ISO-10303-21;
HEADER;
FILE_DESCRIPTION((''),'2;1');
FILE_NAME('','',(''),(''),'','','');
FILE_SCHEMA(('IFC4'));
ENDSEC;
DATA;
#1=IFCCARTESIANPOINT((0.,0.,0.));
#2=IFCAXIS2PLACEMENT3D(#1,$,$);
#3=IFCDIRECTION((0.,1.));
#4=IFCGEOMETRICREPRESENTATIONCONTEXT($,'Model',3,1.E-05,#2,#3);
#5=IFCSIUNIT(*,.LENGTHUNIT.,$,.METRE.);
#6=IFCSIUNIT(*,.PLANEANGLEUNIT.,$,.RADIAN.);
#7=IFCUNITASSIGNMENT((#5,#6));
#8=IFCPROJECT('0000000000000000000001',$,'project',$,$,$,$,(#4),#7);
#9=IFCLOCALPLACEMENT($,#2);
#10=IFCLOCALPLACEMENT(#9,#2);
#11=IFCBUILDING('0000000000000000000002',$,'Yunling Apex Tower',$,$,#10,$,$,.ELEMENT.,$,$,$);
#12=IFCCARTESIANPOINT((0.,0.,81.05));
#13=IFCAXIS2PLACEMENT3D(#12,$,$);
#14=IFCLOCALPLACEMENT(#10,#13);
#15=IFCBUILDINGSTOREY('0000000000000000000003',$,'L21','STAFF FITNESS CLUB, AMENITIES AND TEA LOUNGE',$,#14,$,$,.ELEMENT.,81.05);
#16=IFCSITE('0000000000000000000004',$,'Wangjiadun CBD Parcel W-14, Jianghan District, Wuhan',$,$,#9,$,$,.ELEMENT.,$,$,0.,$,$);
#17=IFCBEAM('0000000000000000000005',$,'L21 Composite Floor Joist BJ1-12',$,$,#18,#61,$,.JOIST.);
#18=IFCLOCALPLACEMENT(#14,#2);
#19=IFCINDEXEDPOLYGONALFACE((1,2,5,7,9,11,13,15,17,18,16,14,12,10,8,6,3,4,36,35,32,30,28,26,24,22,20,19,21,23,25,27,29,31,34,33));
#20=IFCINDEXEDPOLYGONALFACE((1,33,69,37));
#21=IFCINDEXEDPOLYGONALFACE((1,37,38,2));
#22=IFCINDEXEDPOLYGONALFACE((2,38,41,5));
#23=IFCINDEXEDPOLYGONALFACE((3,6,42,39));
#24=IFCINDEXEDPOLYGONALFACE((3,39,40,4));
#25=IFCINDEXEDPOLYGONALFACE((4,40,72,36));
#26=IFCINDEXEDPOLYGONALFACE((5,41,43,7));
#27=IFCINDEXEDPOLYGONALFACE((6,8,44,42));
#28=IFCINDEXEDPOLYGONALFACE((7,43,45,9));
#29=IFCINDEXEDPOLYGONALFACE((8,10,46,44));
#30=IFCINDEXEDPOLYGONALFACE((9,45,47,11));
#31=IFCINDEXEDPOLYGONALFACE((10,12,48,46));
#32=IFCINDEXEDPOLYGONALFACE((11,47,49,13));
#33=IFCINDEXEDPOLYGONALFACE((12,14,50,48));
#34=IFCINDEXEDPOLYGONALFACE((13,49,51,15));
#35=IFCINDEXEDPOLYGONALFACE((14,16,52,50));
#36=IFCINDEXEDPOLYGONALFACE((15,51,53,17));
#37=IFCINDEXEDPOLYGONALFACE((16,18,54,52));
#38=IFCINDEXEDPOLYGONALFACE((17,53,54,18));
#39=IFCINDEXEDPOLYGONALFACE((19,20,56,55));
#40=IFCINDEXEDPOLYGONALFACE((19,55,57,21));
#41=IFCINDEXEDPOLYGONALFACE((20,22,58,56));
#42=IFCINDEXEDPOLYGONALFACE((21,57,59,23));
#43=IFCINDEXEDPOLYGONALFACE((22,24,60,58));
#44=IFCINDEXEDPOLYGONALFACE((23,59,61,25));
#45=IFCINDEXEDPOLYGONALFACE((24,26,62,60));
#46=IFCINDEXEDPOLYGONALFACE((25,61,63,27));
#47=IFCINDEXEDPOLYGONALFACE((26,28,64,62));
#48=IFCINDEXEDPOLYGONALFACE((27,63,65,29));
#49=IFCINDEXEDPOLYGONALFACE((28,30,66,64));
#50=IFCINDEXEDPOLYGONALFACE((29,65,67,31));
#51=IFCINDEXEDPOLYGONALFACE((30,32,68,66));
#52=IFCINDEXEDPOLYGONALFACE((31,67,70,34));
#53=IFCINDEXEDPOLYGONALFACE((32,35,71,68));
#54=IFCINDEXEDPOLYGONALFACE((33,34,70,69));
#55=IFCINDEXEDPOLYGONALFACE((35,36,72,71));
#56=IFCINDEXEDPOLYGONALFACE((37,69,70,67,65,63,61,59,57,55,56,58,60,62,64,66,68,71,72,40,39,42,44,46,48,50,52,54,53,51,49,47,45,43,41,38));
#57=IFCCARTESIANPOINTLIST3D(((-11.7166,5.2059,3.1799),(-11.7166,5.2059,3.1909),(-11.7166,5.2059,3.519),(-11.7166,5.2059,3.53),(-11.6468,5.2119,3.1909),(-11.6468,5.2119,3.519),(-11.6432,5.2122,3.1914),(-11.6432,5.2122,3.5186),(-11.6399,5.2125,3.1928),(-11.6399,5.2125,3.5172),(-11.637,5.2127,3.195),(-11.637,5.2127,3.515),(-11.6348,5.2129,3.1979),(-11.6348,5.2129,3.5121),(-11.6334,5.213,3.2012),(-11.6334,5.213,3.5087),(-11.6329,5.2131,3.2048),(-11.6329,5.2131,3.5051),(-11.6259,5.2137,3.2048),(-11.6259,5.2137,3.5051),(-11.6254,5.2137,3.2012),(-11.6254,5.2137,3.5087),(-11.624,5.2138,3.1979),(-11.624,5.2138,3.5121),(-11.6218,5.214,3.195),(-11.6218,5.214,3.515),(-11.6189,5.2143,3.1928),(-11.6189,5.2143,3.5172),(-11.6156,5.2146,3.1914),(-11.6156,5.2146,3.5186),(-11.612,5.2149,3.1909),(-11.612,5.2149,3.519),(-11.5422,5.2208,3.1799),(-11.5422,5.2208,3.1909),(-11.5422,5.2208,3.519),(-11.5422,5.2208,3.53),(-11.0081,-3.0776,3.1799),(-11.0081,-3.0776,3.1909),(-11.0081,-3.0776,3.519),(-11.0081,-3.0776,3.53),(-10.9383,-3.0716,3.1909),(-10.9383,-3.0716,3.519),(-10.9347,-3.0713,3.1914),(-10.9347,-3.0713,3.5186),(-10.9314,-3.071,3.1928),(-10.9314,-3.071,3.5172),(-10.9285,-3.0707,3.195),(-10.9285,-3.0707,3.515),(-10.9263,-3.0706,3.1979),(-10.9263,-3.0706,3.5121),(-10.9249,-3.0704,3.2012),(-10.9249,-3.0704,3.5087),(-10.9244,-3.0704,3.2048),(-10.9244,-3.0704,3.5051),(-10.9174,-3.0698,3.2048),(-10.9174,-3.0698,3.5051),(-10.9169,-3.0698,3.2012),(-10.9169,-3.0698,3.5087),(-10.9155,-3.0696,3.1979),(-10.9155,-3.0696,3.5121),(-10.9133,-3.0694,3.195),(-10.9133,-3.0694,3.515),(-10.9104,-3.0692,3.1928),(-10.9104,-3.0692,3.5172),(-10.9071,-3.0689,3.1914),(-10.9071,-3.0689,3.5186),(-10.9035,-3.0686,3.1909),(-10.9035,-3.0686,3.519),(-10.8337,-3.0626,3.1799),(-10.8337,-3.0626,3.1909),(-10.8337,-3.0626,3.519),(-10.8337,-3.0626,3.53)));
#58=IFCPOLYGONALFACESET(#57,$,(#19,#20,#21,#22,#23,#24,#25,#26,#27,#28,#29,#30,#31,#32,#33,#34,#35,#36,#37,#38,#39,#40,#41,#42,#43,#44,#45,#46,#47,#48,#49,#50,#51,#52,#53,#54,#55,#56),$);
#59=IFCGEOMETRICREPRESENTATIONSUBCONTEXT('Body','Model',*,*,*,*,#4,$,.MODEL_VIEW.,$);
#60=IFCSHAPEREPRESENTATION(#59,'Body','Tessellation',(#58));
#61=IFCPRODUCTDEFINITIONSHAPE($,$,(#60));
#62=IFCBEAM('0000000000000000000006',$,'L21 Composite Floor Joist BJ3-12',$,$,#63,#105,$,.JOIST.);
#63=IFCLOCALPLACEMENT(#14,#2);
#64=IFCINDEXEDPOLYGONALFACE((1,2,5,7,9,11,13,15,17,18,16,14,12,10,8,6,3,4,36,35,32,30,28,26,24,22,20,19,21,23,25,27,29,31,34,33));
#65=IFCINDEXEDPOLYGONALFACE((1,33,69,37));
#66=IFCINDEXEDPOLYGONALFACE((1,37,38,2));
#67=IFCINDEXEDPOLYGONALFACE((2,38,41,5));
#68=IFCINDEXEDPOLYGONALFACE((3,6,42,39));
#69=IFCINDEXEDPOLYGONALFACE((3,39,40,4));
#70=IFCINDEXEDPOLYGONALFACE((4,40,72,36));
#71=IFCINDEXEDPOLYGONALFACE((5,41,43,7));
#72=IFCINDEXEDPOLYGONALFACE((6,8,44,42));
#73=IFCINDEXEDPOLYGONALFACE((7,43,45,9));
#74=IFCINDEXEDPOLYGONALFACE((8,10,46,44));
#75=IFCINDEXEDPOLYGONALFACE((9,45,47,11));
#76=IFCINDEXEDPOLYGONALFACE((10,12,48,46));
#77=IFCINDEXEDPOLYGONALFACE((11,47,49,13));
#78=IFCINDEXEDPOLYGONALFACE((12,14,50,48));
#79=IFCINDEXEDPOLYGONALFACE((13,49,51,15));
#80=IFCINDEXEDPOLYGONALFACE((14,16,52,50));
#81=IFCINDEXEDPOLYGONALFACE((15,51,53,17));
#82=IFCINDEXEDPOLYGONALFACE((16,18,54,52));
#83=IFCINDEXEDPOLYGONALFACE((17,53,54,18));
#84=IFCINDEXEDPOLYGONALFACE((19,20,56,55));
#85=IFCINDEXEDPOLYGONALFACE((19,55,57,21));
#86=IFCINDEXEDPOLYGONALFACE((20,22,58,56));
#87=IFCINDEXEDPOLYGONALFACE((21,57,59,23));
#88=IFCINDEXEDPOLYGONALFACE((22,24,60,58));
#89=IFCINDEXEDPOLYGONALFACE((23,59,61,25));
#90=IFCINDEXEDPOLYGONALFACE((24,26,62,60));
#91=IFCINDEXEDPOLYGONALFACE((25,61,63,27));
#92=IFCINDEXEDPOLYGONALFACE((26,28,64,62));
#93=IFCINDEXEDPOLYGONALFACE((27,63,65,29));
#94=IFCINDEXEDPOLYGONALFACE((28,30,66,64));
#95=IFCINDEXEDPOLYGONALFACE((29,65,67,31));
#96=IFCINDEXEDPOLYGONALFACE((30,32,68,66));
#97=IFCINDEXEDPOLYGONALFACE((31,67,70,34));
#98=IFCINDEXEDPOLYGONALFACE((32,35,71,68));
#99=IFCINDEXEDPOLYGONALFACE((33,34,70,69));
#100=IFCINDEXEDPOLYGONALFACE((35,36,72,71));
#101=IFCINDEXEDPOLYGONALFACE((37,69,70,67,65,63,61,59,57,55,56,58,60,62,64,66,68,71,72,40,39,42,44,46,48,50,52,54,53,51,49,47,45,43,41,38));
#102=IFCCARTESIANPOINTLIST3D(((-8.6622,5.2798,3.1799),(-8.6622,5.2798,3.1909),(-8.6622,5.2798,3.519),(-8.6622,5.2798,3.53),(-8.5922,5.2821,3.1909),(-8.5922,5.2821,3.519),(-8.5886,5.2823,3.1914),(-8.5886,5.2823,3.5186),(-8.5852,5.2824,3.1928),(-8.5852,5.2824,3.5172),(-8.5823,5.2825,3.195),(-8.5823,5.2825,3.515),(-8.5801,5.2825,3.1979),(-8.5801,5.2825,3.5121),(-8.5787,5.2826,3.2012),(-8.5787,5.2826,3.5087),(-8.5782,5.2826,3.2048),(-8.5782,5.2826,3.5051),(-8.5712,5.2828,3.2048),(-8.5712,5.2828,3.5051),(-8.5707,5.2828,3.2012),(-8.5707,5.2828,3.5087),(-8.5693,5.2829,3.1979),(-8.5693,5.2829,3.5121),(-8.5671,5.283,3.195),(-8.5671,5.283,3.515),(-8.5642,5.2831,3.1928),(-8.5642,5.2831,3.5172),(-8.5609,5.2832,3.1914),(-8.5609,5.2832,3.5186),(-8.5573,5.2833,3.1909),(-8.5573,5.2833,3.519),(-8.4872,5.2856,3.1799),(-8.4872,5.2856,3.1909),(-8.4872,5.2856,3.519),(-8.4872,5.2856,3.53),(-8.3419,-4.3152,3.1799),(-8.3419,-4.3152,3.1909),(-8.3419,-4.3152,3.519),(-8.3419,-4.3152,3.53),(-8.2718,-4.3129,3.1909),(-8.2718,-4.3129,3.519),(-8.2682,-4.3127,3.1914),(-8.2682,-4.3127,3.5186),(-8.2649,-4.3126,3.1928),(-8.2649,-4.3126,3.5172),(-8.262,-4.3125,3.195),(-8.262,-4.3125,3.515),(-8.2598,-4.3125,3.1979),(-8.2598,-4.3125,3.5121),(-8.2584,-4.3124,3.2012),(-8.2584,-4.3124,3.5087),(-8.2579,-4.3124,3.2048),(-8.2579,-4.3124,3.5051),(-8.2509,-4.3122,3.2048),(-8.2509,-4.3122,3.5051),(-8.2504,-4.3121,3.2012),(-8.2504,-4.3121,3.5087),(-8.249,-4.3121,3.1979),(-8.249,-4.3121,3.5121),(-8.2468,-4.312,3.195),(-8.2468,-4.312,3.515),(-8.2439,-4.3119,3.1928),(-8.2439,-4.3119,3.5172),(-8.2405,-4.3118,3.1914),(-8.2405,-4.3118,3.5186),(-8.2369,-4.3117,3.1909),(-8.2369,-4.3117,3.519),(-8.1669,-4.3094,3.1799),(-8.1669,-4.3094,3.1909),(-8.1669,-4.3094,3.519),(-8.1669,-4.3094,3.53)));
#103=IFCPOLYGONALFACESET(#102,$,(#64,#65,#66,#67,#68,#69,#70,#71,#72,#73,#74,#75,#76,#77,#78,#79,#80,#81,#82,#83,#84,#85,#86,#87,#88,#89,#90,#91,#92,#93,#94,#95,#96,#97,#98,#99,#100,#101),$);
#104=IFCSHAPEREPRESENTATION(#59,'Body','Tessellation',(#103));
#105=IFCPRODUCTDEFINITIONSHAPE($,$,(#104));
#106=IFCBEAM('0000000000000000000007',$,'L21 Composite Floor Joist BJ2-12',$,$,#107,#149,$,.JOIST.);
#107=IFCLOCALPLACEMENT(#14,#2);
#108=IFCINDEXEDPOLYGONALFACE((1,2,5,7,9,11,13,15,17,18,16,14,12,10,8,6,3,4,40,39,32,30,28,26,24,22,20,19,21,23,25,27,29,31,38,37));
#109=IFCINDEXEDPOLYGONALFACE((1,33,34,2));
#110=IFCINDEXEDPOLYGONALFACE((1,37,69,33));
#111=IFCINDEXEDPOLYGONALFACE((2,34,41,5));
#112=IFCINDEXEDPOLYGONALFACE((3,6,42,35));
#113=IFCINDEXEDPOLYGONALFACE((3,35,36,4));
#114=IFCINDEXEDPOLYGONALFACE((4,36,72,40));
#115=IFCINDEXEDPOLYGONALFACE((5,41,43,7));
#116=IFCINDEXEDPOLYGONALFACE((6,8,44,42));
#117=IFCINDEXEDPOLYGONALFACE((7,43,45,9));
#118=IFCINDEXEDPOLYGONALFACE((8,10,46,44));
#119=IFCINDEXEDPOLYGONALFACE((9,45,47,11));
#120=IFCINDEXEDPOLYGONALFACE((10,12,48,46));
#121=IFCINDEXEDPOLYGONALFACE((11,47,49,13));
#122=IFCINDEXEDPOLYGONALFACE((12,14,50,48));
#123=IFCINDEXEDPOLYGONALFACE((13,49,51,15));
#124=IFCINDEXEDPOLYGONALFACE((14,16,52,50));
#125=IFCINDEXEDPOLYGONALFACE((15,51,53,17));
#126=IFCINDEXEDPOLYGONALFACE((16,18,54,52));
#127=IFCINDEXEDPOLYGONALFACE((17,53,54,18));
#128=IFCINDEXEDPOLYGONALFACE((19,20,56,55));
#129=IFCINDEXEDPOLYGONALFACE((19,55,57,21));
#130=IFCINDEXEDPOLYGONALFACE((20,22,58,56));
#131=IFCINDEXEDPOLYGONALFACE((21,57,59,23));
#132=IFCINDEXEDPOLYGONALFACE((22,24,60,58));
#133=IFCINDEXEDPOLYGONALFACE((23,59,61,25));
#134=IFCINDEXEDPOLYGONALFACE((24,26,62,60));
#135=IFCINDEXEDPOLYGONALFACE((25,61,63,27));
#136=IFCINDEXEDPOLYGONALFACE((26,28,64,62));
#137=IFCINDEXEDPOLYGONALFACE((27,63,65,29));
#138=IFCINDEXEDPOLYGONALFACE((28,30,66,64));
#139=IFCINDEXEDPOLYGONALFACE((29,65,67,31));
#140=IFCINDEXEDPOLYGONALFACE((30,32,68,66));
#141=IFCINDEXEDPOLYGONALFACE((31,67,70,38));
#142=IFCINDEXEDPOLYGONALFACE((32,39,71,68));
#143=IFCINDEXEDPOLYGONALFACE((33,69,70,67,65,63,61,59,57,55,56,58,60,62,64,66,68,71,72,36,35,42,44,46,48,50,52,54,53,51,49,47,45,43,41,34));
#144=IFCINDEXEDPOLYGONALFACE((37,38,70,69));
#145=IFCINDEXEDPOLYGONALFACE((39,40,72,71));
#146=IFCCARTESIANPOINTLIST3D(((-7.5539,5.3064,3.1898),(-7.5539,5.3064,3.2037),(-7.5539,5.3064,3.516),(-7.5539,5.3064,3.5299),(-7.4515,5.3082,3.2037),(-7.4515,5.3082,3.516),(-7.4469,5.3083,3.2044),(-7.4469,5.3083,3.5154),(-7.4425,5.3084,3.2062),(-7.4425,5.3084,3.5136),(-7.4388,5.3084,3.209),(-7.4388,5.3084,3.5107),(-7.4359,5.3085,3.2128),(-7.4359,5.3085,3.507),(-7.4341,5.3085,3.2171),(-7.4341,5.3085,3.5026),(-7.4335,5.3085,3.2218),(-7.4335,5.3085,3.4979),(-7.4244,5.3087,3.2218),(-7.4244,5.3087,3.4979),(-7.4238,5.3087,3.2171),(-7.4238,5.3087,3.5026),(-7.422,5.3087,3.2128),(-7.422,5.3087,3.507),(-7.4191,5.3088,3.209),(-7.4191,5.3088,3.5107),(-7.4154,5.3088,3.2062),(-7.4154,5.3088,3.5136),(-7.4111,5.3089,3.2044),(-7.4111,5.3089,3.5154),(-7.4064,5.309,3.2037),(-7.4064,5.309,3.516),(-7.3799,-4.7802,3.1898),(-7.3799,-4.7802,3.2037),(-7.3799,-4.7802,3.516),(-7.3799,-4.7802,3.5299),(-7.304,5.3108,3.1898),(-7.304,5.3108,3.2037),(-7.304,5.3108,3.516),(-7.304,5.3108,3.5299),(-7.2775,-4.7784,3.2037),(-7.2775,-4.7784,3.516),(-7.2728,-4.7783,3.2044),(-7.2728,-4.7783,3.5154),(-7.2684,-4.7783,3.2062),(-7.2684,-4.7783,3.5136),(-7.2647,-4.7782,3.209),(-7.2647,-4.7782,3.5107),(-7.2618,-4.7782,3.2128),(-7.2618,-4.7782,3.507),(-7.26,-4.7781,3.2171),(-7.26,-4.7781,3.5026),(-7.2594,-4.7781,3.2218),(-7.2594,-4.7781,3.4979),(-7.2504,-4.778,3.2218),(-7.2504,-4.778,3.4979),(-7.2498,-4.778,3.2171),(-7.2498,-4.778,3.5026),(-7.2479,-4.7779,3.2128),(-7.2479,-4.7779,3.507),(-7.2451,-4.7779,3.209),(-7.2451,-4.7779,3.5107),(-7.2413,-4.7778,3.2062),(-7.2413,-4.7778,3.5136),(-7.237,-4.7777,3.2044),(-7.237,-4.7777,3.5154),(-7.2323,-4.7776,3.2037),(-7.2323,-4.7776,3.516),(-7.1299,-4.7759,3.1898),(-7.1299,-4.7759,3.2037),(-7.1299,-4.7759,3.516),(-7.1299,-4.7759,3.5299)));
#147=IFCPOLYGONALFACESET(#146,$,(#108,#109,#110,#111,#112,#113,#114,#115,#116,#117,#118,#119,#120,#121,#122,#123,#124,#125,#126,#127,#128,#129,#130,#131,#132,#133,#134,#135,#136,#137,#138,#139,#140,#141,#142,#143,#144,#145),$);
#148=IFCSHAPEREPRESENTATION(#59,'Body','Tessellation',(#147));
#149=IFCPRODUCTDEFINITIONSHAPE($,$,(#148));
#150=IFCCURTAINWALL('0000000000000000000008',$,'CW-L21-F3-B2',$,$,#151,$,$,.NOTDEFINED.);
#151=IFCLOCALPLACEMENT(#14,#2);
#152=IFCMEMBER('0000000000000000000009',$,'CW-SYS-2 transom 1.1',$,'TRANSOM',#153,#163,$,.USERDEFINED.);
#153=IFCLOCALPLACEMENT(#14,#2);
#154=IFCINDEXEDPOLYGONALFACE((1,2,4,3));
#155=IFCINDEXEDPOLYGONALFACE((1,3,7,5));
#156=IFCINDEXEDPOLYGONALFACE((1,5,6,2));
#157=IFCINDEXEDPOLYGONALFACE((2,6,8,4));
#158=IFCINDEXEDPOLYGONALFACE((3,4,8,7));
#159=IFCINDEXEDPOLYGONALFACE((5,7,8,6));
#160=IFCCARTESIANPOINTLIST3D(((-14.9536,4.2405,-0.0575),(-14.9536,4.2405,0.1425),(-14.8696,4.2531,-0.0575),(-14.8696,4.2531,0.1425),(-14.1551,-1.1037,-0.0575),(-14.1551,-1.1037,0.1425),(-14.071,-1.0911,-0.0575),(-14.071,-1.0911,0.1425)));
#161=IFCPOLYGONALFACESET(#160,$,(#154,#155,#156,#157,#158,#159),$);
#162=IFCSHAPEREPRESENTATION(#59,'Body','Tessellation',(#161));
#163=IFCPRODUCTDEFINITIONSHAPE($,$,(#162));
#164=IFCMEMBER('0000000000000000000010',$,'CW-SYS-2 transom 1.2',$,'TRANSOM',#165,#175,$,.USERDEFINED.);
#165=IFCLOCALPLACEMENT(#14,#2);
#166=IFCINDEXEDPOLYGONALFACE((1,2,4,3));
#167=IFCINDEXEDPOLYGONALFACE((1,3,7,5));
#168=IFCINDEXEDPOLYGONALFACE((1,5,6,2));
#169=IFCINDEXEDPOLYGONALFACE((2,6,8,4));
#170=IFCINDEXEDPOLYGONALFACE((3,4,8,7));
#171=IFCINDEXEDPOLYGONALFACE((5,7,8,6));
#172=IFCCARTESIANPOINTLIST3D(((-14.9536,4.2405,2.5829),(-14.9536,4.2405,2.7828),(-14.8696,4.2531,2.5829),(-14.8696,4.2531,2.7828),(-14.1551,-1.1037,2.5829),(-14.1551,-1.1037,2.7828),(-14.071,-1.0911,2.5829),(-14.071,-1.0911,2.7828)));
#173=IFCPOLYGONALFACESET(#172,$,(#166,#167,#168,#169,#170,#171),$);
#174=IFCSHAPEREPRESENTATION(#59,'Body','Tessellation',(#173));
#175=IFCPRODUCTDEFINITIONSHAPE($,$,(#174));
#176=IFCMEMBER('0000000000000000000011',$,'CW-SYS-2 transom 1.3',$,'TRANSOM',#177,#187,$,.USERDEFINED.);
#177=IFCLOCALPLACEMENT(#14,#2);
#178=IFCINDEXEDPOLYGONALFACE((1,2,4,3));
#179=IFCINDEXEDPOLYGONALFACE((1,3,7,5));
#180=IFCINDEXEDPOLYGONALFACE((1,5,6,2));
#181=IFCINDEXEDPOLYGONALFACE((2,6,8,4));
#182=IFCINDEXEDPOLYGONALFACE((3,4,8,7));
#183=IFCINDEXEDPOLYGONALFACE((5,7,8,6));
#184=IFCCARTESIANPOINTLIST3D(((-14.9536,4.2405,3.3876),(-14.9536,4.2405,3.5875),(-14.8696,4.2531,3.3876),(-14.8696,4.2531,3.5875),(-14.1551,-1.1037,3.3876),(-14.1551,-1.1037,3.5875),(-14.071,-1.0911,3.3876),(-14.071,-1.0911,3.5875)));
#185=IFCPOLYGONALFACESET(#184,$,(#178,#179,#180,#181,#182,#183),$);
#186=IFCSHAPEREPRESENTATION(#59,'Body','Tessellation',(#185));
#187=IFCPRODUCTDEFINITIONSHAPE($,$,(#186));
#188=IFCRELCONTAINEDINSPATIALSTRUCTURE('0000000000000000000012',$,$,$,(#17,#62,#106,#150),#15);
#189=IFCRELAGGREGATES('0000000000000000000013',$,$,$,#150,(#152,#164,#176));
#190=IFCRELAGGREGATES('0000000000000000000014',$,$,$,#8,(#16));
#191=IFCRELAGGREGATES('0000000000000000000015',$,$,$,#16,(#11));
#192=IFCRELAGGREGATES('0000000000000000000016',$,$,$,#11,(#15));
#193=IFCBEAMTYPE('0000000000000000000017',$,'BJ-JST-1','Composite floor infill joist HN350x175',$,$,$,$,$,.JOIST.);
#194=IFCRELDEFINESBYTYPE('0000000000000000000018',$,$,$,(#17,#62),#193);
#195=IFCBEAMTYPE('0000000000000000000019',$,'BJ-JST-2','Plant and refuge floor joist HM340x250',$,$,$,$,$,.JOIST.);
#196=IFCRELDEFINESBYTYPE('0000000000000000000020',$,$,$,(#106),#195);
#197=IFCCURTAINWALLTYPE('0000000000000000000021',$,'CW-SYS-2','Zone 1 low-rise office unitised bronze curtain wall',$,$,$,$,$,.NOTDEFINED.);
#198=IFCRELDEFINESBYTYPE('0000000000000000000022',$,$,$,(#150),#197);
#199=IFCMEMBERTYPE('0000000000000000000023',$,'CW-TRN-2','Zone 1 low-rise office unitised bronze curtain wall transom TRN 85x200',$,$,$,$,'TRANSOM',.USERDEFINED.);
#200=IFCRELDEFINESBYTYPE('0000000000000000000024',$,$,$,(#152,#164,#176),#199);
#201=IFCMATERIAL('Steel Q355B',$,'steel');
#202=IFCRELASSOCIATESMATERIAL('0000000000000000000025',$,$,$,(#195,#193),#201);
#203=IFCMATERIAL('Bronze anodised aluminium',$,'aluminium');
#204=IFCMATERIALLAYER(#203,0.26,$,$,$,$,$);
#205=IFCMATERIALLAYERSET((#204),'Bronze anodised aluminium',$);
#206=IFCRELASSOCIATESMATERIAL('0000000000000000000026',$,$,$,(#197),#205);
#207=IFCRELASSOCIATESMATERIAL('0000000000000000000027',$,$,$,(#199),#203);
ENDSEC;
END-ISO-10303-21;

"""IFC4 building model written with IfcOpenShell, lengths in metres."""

from ifc_helpers import new_model, si_unit, direction, frame, origin, origin_2d, place, context, subcontext, project, spatial, rectangle, i_section, extrude, source, transform, mapped, material, layer, layer_set, material_profile, profile_set, type_object, element, aggregate, save


model = new_model("IFC4")

# Units and contexts
model_context = context("Model", 3, precision=1e-05, world=origin(), true_north=direction((0.0, 1.0)))
body_context = subcontext(model_context, "Body", "Model", "MODEL_VIEW")
ifc_project = project(units=[si_unit("LENGTHUNIT", "METRE"), si_unit("PLANEANGLEUNIT", "RADIAN")], contexts=[model_context])

# Site, building, storey
site_placement = place(None, origin())
site = spatial("IfcSite", under=ifc_project, at=site_placement, Name="Wangjiadun CBD Parcel W-14, Jianghan District, Wuhan", CompositionType="ELEMENT", RefElevation=0.0)
building_placement = place(site_placement, origin())
building = spatial("IfcBuilding", under=site, at=building_placement, Name="Yunling Apex Tower", CompositionType="ELEMENT")
storey_placement = place(building_placement, frame((0.0, 0.0, 81.05)))
storey = spatial("IfcBuildingStorey", under=building, at=storey_placement, Name="L21", Description="STAFF FITNESS CLUB, AMENITIES AND TEA LOUNGE", CompositionType="ELEMENT", Elevation=81.05)

# Beams
ifc_material_1 = material(Name="Steel Q355B", Category="steel")
ifc_material_profile_1 = material_profile(ifc_material_1, i_section(OverallWidth=0.25, OverallDepth=0.3401, WebThickness=0.009, FlangeThickness=0.0139, FilletRadius=0.0181, at=origin_2d()))
ifc_profile_set_1 = profile_set([ifc_material_profile_1], Name="Steel Q355B")
beam_type_1 = type_object("IfcBeamType", Name="BJ-JST-2", Description="Plant and refuge floor joist HM340x250", PredefinedType="JOIST", material=ifc_profile_set_1)
ifc_material_profile_2 = material_profile(ifc_material_1, i_section(OverallWidth=0.175, OverallDepth=0.3501, WebThickness=0.0071, FlangeThickness=0.011, FilletRadius=0.0139, at=origin_2d()))
ifc_profile_set_2 = profile_set([ifc_material_profile_2], Name="Steel Q355B")
beam_type_2 = type_object("IfcBeamType", Name="BJ-JST-1", Description="Composite floor infill joist HN350x175", PredefinedType="JOIST", material=ifc_profile_set_2)
shared_shape_1 = source(origin(), body_context, "Body", "SweptSolid", [
    extrude(i_section(OverallWidth=0.175, OverallDepth=0.3501, WebThickness=0.0071, FlangeThickness=0.011, FilletRadius=0.0139, at=origin_2d()), origin(), (0.0, 0.0, 1.0), 8.3137),
])
beam_1_placement = place(storey_placement, frame((-11.6294, 5.2134, 3.355), z_axis=(0.08522, -0.996362, 0.0), x_axis=(0.996362, 0.08522, 0.0)))
element("IfcBeam", 1, at=beam_1_placement, inside=storey, type_object=beam_type_2, Name="L21 Composite Floor Joist BJ1-12", PredefinedType="JOIST", context=body_context, shape_type="MappedRepresentation", body=[
    mapped(shared_shape_1, transform((0.0, 0.0, 0.0), scale=1.0)),
])
shared_shape_2 = source(origin(), body_context, "Body", "SweptSolid", [
    extrude(i_section(OverallWidth=0.175, OverallDepth=0.3501, WebThickness=0.0071, FlangeThickness=0.011, FilletRadius=0.0139, at=origin_2d()), origin(), (0.0, 0.0, 1.0), 9.6003),
])
beam_2_placement = place(storey_placement, frame((-8.5747, 5.2827, 3.355), z_axis=(0.033365, -0.999443, 0.0), x_axis=(0.999443, 0.033365, 0.0)))
element("IfcBeam", 2, at=beam_2_placement, inside=storey, type_object=beam_type_2, Name="L21 Composite Floor Joist BJ3-12", PredefinedType="JOIST", context=body_context, shape_type="MappedRepresentation", body=[
    mapped(shared_shape_2, transform((0.0, 0.0, 0.0), scale=1.0)),
])
shared_shape_3 = source(origin(), body_context, "Body", "SweptSolid", [
    extrude(i_section(OverallWidth=0.25, OverallDepth=0.3401, WebThickness=0.009, FlangeThickness=0.0139, FilletRadius=0.0181, at=origin_2d()), origin(), (0.0, 0.0, 1.0), 10.0881),
])
beam_3_placement = place(storey_placement, frame((-7.429, 5.3086, 3.3599), z_axis=(0.017255, -0.999851, 0.0), x_axis=(0.999851, 0.017255, 0.0)))
element("IfcBeam", 3, at=beam_3_placement, inside=storey, type_object=beam_type_1, Name="L21 Composite Floor Joist BJ2-12", PredefinedType="JOIST", context=body_context, shape_type="MappedRepresentation", body=[
    mapped(shared_shape_3, transform((0.0, 0.0, 0.0), scale=1.0)),
])

# Curtain wall, members
ifc_material_2 = material(Name="Bronze anodised aluminium", Category="aluminium")
ifc_layer_1 = layer(ifc_material_2, 0.26)
ifc_layer_set_1 = layer_set([ifc_layer_1], Name="Bronze anodised aluminium")
curtain_wall_type = type_object("IfcCurtainWallType", Name="CW-SYS-2", Description="Zone 1 low-rise office unitised bronze curtain wall", PredefinedType="NOTDEFINED", material=ifc_layer_set_1)
curtain_wall_1_placement = place(storey_placement, origin())
curtain_wall_1 = element("IfcCurtainWall", 4, at=curtain_wall_1_placement, inside=storey, type_object=curtain_wall_type, Name="CW-L21-F3-B2", PredefinedType="NOTDEFINED")
ifc_material_profile_3 = material_profile(ifc_material_2, rectangle(XDim=0.085, YDim=0.2, at=origin_2d()))
ifc_profile_set_3 = profile_set([ifc_material_profile_3], Name="Bronze anodised aluminium")
member_type_1 = type_object("IfcMemberType", Name="CW-TRN-2", Description="Zone 1 low-rise office unitised bronze curtain wall transom TRN 85x200", ElementType="TRANSOM", PredefinedType="USERDEFINED", material=ifc_profile_set_3)
shared_shape_4 = source(origin(), body_context, "Body", "SweptSolid", [
    extrude(rectangle(XDim=0.085, YDim=0.2, at=origin_2d()), origin(), (0.0, 0.0, 1.0), 5.4036),
])
member_1_placement = place(storey_placement, frame((-14.9116, 4.2468, 0.0425), z_axis=(0.147788, -0.989019, 0.0), x_axis=(0.989019, 0.147788, 0.0)))
member_1 = element("IfcMember", 5, at=member_1_placement, type_object=member_type_1, Name="CW-SYS-2 transom 1.1", ObjectType="TRANSOM", PredefinedType="USERDEFINED", context=body_context, shape_type="MappedRepresentation", body=[
    mapped(shared_shape_4, transform((0.0, 0.0, 0.0), scale=1.0)),
])
member_2_placement = place(storey_placement, frame((-14.9116, 4.2468, 2.6829), z_axis=(0.147788, -0.989019, 0.0), x_axis=(0.989019, 0.147788, 0.0)))
member_2 = element("IfcMember", 6, at=member_2_placement, type_object=member_type_1, Name="CW-SYS-2 transom 1.2", ObjectType="TRANSOM", PredefinedType="USERDEFINED", context=body_context, shape_type="MappedRepresentation", body=[
    mapped(shared_shape_4, transform((0.0, 0.0, 0.0), scale=1.0)),
])
member_3_placement = place(storey_placement, frame((-14.9116, 4.2468, 3.4875), z_axis=(0.147788, -0.989019, 0.0), x_axis=(0.989019, 0.147788, 0.0)))
member_3 = element("IfcMember", 7, at=member_3_placement, type_object=member_type_1, Name="CW-SYS-2 transom 1.3", ObjectType="TRANSOM", PredefinedType="USERDEFINED", context=body_context, shape_type="MappedRepresentation", body=[
    mapped(shared_shape_4, transform((0.0, 0.0, 0.0), scale=1.0)),
])

aggregate(curtain_wall_1, [member_1, member_2, member_3])

save(model, "model.ifc")
